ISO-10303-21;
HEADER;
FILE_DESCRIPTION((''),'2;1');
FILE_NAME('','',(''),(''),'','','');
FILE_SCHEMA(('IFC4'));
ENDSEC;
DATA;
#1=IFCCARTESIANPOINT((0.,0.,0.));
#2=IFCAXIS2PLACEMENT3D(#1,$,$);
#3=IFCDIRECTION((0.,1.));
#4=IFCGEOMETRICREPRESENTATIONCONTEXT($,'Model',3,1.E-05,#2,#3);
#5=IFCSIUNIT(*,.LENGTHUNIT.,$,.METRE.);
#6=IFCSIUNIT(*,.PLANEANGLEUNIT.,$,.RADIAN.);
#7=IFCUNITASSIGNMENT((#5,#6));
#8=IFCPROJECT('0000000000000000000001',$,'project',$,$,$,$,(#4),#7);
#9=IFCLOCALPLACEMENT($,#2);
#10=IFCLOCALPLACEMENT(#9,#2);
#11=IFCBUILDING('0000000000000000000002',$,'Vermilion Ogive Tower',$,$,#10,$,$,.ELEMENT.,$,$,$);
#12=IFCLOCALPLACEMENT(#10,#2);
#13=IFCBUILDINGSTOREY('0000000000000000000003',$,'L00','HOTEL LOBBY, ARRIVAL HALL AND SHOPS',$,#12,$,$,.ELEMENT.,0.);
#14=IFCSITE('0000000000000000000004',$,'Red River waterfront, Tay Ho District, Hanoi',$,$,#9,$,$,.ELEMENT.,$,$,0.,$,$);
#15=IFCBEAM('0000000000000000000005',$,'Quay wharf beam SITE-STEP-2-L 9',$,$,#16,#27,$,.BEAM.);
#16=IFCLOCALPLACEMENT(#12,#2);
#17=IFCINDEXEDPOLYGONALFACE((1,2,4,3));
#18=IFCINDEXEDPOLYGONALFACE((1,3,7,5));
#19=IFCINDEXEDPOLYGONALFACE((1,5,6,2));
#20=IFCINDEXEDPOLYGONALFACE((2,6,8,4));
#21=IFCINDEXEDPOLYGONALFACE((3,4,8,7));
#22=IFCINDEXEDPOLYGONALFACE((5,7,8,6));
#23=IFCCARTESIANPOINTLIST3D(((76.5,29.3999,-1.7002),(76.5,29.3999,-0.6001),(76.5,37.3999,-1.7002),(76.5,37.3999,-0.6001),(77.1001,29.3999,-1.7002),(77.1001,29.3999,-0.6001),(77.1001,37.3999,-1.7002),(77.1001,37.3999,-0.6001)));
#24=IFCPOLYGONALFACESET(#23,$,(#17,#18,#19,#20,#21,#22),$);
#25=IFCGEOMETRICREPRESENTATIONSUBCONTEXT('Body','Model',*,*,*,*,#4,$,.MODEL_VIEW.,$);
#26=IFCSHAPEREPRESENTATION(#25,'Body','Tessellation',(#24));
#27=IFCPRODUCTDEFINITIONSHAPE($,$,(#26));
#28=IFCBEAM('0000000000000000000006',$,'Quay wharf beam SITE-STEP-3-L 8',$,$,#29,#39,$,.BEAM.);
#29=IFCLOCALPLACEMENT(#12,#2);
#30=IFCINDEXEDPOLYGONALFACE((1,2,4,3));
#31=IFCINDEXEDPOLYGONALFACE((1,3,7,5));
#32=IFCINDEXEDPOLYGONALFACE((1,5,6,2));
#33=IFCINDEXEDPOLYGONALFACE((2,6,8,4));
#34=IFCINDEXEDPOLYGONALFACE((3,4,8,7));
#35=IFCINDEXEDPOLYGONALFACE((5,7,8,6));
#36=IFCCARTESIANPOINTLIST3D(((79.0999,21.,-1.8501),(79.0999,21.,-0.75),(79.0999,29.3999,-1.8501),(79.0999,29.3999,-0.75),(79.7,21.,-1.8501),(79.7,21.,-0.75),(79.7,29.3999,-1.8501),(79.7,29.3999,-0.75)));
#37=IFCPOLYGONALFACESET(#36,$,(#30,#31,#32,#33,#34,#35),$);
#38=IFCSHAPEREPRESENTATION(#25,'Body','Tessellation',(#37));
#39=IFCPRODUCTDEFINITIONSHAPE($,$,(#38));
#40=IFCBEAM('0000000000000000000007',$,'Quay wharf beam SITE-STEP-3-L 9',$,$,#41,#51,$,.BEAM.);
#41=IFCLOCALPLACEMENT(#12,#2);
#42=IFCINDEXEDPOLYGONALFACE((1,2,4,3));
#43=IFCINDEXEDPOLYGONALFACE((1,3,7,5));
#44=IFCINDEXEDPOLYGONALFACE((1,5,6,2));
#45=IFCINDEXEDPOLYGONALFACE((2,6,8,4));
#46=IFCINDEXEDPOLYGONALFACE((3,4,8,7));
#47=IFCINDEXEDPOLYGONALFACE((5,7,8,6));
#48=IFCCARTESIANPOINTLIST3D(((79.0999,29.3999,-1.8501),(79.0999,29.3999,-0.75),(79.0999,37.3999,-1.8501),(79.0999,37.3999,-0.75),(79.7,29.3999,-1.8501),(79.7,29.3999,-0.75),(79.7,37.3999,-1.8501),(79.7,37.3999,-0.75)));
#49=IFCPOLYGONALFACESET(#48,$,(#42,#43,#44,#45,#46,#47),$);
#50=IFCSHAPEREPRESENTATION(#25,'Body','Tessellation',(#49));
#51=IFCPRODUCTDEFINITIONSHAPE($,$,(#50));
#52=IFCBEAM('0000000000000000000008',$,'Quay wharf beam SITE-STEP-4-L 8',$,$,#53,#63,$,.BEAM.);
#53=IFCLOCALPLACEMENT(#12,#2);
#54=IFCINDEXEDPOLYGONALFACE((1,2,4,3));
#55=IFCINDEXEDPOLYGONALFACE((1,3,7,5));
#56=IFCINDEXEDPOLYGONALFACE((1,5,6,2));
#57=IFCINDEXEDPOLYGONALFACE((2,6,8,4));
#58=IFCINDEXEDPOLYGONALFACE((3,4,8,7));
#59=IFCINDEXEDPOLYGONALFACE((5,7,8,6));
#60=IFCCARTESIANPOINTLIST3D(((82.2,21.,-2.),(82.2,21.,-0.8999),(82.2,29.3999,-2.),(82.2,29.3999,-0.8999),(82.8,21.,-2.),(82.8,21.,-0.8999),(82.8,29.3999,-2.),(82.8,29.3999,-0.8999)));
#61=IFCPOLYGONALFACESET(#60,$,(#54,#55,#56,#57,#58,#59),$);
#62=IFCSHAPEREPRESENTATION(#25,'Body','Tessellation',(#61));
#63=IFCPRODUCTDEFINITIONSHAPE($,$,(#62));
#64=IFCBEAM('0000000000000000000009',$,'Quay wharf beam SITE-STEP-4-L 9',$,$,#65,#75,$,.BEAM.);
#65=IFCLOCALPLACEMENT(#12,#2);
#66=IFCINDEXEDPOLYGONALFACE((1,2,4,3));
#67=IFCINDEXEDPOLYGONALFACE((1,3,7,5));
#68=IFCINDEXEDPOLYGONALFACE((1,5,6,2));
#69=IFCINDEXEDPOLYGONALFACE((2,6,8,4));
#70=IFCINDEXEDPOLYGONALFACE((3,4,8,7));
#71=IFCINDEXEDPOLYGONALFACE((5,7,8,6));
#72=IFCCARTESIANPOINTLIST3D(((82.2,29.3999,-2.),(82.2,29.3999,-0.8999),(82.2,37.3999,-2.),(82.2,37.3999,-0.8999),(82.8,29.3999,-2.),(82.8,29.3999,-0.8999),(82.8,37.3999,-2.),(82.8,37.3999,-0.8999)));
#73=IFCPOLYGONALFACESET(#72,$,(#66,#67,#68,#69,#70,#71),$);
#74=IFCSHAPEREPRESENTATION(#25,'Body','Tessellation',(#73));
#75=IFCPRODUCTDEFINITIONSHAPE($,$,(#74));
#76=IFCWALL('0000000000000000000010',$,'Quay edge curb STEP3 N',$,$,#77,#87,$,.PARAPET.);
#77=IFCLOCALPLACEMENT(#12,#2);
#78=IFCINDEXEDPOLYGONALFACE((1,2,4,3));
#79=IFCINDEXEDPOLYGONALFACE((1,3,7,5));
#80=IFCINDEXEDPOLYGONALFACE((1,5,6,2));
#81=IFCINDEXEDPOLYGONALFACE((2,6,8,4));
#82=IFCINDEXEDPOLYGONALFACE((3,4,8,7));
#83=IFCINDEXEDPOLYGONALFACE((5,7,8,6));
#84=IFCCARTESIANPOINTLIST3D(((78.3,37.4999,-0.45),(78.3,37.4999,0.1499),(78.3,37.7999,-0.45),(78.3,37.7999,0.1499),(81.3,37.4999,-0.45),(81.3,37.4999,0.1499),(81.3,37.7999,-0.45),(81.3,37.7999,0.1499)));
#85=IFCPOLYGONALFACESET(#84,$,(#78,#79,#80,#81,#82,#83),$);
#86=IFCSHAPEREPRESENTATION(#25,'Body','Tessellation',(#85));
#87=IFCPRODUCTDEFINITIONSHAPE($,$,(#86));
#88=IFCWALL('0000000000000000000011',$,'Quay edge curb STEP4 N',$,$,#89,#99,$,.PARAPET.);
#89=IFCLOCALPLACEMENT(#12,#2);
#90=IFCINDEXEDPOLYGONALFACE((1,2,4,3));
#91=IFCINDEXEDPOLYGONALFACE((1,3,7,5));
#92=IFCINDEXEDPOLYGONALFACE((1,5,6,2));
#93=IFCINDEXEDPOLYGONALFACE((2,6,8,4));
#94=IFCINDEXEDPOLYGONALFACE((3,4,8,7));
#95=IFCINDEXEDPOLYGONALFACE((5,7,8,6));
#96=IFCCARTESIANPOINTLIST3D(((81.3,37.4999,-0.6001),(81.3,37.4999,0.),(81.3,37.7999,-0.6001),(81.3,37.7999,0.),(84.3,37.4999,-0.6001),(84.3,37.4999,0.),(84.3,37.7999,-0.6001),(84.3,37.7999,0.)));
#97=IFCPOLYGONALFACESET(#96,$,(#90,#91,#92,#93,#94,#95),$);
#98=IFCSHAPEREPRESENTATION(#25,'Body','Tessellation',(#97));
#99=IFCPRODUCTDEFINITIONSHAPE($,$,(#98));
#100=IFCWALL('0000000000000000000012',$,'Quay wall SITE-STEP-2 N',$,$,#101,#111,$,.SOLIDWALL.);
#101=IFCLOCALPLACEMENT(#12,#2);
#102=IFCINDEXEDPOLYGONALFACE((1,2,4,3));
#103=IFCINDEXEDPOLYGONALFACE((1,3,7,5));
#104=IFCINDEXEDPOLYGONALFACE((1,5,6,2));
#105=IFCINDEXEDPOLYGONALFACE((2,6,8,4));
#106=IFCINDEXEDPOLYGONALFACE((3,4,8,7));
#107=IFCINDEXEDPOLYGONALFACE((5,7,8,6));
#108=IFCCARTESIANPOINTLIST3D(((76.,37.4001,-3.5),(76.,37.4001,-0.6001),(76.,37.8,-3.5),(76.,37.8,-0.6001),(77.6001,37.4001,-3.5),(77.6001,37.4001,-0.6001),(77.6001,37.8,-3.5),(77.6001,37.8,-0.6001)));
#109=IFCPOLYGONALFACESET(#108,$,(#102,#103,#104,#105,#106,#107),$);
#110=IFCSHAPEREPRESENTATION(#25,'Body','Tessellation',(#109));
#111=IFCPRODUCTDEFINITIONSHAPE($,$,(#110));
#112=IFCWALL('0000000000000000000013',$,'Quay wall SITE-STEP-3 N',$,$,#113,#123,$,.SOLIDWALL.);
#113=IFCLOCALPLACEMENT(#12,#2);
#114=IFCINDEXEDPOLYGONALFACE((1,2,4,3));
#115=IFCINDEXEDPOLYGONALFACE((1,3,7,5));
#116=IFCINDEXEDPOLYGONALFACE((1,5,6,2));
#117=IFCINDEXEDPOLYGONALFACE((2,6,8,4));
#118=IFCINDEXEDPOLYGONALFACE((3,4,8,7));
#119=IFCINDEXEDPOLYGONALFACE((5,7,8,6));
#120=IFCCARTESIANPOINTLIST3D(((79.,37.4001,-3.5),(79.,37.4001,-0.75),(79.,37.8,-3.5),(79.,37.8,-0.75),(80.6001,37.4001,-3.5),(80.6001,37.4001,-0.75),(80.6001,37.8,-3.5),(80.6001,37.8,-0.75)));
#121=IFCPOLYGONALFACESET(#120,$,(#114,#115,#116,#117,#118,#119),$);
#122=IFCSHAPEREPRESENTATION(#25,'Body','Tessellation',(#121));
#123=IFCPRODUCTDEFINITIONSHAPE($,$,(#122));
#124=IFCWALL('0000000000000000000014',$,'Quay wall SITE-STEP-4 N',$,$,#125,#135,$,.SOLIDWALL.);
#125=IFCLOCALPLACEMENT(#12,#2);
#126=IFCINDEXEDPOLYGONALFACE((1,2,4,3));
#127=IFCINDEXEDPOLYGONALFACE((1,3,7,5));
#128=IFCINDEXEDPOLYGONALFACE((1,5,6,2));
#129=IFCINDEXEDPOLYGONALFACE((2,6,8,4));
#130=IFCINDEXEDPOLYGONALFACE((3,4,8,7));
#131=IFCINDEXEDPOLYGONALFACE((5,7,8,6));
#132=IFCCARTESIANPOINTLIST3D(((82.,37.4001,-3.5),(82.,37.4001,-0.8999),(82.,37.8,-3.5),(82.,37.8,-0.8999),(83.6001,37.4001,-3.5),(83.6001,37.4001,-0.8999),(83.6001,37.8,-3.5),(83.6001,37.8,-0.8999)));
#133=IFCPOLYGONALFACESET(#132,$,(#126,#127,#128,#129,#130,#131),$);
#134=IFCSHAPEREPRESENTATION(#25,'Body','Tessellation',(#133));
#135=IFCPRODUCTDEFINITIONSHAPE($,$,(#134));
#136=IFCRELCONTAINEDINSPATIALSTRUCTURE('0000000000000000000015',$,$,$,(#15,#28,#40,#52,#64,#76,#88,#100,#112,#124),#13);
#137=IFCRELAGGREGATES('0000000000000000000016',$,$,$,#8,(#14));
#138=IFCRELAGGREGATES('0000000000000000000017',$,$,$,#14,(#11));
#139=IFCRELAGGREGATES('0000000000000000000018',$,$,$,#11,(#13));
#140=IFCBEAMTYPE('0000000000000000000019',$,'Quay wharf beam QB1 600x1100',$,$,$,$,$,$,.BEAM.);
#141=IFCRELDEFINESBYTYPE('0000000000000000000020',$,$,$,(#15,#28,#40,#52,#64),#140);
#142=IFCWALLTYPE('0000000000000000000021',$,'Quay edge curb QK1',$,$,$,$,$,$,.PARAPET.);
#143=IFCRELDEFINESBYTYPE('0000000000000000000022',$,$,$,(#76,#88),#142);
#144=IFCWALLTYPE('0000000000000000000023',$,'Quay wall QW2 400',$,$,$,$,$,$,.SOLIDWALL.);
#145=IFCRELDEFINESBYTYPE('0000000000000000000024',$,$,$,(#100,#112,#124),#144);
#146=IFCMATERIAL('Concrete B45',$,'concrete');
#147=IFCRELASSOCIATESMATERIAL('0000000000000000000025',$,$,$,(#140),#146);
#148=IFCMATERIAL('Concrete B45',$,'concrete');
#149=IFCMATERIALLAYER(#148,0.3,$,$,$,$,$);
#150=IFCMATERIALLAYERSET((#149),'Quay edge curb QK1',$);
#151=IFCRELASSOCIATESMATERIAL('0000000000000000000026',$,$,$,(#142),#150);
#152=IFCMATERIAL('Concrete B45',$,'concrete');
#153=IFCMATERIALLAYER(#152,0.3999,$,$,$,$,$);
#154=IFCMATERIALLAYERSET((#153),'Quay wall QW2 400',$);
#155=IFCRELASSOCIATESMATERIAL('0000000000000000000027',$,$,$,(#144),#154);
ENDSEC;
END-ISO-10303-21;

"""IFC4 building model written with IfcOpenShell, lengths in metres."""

from ifc_helpers import new_model, si_unit, direction, frame, frame_2d, origin, origin_2d, place, context, subcontext, project, spatial, rectangle, extrude, material, layer, layer_set, material_profile, profile_set, type_object, element, save


model = new_model("IFC4")

# Units and contexts
model_context = context("Model", 3, precision=1e-05, world=origin(), true_north=direction((0.0, 1.0)))
body_context = subcontext(model_context, "Body", "Model", "MODEL_VIEW")
ifc_project = project(units=[si_unit("LENGTHUNIT", "METRE"), si_unit("PLANEANGLEUNIT", "RADIAN")], contexts=[model_context])

# Site, building, storey
site_placement = place(None, origin())
site = spatial("IfcSite", under=ifc_project, at=site_placement, Name="Red River waterfront, Tay Ho District, Hanoi", CompositionType="ELEMENT", RefElevation=0.0)
building_placement = place(site_placement, origin())
building = spatial("IfcBuilding", under=site, at=building_placement, Name="Vermilion Ogive Tower", CompositionType="ELEMENT")
storey_placement = place(building_placement, origin())
storey = spatial("IfcBuildingStorey", under=building, at=storey_placement, Name="L00", Description="HOTEL LOBBY, ARRIVAL HALL AND SHOPS", CompositionType="ELEMENT", Elevation=0.0)

# Beams
ifc_material_1 = material(Name="Concrete B45", Category="concrete")
ifc_material_profile = material_profile(ifc_material_1, rectangle(XDim=0.6001, YDim=1.1001, at=origin_2d()), Name="RC 600x1100")
ifc_profile_set = profile_set([ifc_material_profile], Name="Concrete B45")
beam_type = type_object("IfcBeamType", Name="Quay wharf beam QB1 600x1100", PredefinedType="BEAM", material=ifc_profile_set)
beam_1_placement = place(storey_placement, frame((76.8, 29.3999, -1.1501), z_axis=(0.0, 1.0, 0.0), x_axis=(-1.0, 0.0, 0.0)))
element("IfcBeam", 1, at=beam_1_placement, inside=storey, type_object=beam_type, Name="Quay wharf beam SITE-STEP-2-L 9", PredefinedType="BEAM", context=body_context, shape_type="SweptSolid", body=[
    extrude(rectangle(XDim=0.6001, YDim=1.1001, at=origin_2d()), origin(), (0.0, 0.0, 1.0), 8.0),
])
beam_2_placement = place(storey_placement, frame((79.3999, 21.0, -1.3), z_axis=(0.0, 1.0, 0.0), x_axis=(-1.0, 0.0, 0.0)))
element("IfcBeam", 2, at=beam_2_placement, inside=storey, type_object=beam_type, Name="Quay wharf beam SITE-STEP-3-L 8", PredefinedType="BEAM", context=body_context, shape_type="SweptSolid", body=[
    extrude(rectangle(XDim=0.6001, YDim=1.1001, at=origin_2d()), origin(), (0.0, 0.0, 1.0), 8.3999),
])
beam_3_placement = place(storey_placement, frame((79.3999, 29.3999, -1.3), z_axis=(0.0, 1.0, 0.0), x_axis=(-1.0, 0.0, 0.0)))
element("IfcBeam", 3, at=beam_3_placement, inside=storey, type_object=beam_type, Name="Quay wharf beam SITE-STEP-3-L 9", PredefinedType="BEAM", context=body_context, shape_type="SweptSolid", body=[
    extrude(rectangle(XDim=0.6001, YDim=1.1001, at=origin_2d()), origin(), (0.0, 0.0, 1.0), 8.0),
])
beam_4_placement = place(storey_placement, frame((82.5, 21.0, -1.45), z_axis=(0.0, 1.0, 0.0), x_axis=(-1.0, 0.0, 0.0)))
element("IfcBeam", 4, at=beam_4_placement, inside=storey, type_object=beam_type, Name="Quay wharf beam SITE-STEP-4-L 8", PredefinedType="BEAM", context=body_context, shape_type="SweptSolid", body=[
    extrude(rectangle(XDim=0.6001, YDim=1.1001, at=origin_2d()), origin(), (0.0, 0.0, 1.0), 8.3999),
])
beam_5_placement = place(storey_placement, frame((82.5, 29.3999, -1.45), z_axis=(0.0, 1.0, 0.0), x_axis=(-1.0, 0.0, 0.0)))
element("IfcBeam", 5, at=beam_5_placement, inside=storey, type_object=beam_type, Name="Quay wharf beam SITE-STEP-4-L 9", PredefinedType="BEAM", context=body_context, shape_type="SweptSolid", body=[
    extrude(rectangle(XDim=0.6001, YDim=1.1001, at=origin_2d()), origin(), (0.0, 0.0, 1.0), 8.0),
])

# Walls
ifc_material_2 = material(Name="Concrete B45", Category="concrete")
ifc_layer_1 = layer(ifc_material_2, 0.3)
ifc_layer_set_1 = layer_set([ifc_layer_1], Name="Quay edge curb QK1")
wall_type_1 = type_object("IfcWallType", Name="Quay edge curb QK1", PredefinedType="PARAPET", material=ifc_layer_set_1)
wall_1_placement = place(storey_placement, frame((78.3, 37.6499, -0.45), z_axis=(0.0, 0.0, 1.0), x_axis=(1.0, 0.0, 0.0)))
element("IfcWall", 6, at=wall_1_placement, inside=storey, type_object=wall_type_1, Name="Quay edge curb STEP3 N", PredefinedType="PARAPET", context=body_context, shape_type="SweptSolid", body=[
    extrude(rectangle(XDim=3.0, YDim=0.3, at=frame_2d((1.5, 0.0))), origin(), (0.0, 0.0, 1.0), 0.5999),
])
wall_2_placement = place(storey_placement, frame((81.3, 37.6499, -0.6001), z_axis=(0.0, 0.0, 1.0), x_axis=(1.0, 0.0, 0.0)))
element("IfcWall", 7, at=wall_2_placement, inside=storey, type_object=wall_type_1, Name="Quay edge curb STEP4 N", PredefinedType="PARAPET", context=body_context, shape_type="SweptSolid", body=[
    extrude(rectangle(XDim=3.0, YDim=0.3, at=frame_2d((1.5, 0.0))), origin(), (0.0, 0.0, 1.0), 0.6001),
])
ifc_material_3 = material(Name="Concrete B45", Category="concrete")
ifc_layer_2 = layer(ifc_material_3, 0.3999)
ifc_layer_set_2 = layer_set([ifc_layer_2], Name="Quay wall QW2 400")
wall_type_2 = type_object("IfcWallType", Name="Quay wall QW2 400", PredefinedType="SOLIDWALL", material=ifc_layer_set_2)
wall_3_placement = place(storey_placement, frame((76.0, 37.6001, -3.5), z_axis=(0.0, 0.0, 1.0), x_axis=(1.0, 0.0, 0.0)))
element("IfcWall", 8, at=wall_3_placement, inside=storey, type_object=wall_type_2, Name="Quay wall SITE-STEP-2 N", PredefinedType="SOLIDWALL", context=body_context, shape_type="SweptSolid", body=[
    extrude(rectangle(XDim=1.6001, YDim=0.3999, at=frame_2d((0.8, 0.0))), origin(), (0.0, 0.0, 1.0), 2.8999),
])
wall_4_placement = place(storey_placement, frame((79.0, 37.6001, -3.5), z_axis=(0.0, 0.0, 1.0), x_axis=(1.0, 0.0, 0.0)))
element("IfcWall", 9, at=wall_4_placement, inside=storey, type_object=wall_type_2, Name="Quay wall SITE-STEP-3 N", PredefinedType="SOLIDWALL", context=body_context, shape_type="SweptSolid", body=[
    extrude(rectangle(XDim=1.6001, YDim=0.3999, at=frame_2d((0.8, 0.0))), origin(), (0.0, 0.0, 1.0), 2.75),
])
wall_5_placement = place(storey_placement, frame((82.0, 37.6001, -3.5), z_axis=(0.0, 0.0, 1.0), x_axis=(1.0, 0.0, 0.0)))
element("IfcWall", 10, at=wall_5_placement, inside=storey, type_object=wall_type_2, Name="Quay wall SITE-STEP-4 N", PredefinedType="SOLIDWALL", context=body_context, shape_type="SweptSolid", body=[
    extrude(rectangle(XDim=1.6001, YDim=0.3999, at=frame_2d((0.8, 0.0))), origin(), (0.0, 0.0, 1.0), 2.6001),
])

save(model, "model.ifc")
